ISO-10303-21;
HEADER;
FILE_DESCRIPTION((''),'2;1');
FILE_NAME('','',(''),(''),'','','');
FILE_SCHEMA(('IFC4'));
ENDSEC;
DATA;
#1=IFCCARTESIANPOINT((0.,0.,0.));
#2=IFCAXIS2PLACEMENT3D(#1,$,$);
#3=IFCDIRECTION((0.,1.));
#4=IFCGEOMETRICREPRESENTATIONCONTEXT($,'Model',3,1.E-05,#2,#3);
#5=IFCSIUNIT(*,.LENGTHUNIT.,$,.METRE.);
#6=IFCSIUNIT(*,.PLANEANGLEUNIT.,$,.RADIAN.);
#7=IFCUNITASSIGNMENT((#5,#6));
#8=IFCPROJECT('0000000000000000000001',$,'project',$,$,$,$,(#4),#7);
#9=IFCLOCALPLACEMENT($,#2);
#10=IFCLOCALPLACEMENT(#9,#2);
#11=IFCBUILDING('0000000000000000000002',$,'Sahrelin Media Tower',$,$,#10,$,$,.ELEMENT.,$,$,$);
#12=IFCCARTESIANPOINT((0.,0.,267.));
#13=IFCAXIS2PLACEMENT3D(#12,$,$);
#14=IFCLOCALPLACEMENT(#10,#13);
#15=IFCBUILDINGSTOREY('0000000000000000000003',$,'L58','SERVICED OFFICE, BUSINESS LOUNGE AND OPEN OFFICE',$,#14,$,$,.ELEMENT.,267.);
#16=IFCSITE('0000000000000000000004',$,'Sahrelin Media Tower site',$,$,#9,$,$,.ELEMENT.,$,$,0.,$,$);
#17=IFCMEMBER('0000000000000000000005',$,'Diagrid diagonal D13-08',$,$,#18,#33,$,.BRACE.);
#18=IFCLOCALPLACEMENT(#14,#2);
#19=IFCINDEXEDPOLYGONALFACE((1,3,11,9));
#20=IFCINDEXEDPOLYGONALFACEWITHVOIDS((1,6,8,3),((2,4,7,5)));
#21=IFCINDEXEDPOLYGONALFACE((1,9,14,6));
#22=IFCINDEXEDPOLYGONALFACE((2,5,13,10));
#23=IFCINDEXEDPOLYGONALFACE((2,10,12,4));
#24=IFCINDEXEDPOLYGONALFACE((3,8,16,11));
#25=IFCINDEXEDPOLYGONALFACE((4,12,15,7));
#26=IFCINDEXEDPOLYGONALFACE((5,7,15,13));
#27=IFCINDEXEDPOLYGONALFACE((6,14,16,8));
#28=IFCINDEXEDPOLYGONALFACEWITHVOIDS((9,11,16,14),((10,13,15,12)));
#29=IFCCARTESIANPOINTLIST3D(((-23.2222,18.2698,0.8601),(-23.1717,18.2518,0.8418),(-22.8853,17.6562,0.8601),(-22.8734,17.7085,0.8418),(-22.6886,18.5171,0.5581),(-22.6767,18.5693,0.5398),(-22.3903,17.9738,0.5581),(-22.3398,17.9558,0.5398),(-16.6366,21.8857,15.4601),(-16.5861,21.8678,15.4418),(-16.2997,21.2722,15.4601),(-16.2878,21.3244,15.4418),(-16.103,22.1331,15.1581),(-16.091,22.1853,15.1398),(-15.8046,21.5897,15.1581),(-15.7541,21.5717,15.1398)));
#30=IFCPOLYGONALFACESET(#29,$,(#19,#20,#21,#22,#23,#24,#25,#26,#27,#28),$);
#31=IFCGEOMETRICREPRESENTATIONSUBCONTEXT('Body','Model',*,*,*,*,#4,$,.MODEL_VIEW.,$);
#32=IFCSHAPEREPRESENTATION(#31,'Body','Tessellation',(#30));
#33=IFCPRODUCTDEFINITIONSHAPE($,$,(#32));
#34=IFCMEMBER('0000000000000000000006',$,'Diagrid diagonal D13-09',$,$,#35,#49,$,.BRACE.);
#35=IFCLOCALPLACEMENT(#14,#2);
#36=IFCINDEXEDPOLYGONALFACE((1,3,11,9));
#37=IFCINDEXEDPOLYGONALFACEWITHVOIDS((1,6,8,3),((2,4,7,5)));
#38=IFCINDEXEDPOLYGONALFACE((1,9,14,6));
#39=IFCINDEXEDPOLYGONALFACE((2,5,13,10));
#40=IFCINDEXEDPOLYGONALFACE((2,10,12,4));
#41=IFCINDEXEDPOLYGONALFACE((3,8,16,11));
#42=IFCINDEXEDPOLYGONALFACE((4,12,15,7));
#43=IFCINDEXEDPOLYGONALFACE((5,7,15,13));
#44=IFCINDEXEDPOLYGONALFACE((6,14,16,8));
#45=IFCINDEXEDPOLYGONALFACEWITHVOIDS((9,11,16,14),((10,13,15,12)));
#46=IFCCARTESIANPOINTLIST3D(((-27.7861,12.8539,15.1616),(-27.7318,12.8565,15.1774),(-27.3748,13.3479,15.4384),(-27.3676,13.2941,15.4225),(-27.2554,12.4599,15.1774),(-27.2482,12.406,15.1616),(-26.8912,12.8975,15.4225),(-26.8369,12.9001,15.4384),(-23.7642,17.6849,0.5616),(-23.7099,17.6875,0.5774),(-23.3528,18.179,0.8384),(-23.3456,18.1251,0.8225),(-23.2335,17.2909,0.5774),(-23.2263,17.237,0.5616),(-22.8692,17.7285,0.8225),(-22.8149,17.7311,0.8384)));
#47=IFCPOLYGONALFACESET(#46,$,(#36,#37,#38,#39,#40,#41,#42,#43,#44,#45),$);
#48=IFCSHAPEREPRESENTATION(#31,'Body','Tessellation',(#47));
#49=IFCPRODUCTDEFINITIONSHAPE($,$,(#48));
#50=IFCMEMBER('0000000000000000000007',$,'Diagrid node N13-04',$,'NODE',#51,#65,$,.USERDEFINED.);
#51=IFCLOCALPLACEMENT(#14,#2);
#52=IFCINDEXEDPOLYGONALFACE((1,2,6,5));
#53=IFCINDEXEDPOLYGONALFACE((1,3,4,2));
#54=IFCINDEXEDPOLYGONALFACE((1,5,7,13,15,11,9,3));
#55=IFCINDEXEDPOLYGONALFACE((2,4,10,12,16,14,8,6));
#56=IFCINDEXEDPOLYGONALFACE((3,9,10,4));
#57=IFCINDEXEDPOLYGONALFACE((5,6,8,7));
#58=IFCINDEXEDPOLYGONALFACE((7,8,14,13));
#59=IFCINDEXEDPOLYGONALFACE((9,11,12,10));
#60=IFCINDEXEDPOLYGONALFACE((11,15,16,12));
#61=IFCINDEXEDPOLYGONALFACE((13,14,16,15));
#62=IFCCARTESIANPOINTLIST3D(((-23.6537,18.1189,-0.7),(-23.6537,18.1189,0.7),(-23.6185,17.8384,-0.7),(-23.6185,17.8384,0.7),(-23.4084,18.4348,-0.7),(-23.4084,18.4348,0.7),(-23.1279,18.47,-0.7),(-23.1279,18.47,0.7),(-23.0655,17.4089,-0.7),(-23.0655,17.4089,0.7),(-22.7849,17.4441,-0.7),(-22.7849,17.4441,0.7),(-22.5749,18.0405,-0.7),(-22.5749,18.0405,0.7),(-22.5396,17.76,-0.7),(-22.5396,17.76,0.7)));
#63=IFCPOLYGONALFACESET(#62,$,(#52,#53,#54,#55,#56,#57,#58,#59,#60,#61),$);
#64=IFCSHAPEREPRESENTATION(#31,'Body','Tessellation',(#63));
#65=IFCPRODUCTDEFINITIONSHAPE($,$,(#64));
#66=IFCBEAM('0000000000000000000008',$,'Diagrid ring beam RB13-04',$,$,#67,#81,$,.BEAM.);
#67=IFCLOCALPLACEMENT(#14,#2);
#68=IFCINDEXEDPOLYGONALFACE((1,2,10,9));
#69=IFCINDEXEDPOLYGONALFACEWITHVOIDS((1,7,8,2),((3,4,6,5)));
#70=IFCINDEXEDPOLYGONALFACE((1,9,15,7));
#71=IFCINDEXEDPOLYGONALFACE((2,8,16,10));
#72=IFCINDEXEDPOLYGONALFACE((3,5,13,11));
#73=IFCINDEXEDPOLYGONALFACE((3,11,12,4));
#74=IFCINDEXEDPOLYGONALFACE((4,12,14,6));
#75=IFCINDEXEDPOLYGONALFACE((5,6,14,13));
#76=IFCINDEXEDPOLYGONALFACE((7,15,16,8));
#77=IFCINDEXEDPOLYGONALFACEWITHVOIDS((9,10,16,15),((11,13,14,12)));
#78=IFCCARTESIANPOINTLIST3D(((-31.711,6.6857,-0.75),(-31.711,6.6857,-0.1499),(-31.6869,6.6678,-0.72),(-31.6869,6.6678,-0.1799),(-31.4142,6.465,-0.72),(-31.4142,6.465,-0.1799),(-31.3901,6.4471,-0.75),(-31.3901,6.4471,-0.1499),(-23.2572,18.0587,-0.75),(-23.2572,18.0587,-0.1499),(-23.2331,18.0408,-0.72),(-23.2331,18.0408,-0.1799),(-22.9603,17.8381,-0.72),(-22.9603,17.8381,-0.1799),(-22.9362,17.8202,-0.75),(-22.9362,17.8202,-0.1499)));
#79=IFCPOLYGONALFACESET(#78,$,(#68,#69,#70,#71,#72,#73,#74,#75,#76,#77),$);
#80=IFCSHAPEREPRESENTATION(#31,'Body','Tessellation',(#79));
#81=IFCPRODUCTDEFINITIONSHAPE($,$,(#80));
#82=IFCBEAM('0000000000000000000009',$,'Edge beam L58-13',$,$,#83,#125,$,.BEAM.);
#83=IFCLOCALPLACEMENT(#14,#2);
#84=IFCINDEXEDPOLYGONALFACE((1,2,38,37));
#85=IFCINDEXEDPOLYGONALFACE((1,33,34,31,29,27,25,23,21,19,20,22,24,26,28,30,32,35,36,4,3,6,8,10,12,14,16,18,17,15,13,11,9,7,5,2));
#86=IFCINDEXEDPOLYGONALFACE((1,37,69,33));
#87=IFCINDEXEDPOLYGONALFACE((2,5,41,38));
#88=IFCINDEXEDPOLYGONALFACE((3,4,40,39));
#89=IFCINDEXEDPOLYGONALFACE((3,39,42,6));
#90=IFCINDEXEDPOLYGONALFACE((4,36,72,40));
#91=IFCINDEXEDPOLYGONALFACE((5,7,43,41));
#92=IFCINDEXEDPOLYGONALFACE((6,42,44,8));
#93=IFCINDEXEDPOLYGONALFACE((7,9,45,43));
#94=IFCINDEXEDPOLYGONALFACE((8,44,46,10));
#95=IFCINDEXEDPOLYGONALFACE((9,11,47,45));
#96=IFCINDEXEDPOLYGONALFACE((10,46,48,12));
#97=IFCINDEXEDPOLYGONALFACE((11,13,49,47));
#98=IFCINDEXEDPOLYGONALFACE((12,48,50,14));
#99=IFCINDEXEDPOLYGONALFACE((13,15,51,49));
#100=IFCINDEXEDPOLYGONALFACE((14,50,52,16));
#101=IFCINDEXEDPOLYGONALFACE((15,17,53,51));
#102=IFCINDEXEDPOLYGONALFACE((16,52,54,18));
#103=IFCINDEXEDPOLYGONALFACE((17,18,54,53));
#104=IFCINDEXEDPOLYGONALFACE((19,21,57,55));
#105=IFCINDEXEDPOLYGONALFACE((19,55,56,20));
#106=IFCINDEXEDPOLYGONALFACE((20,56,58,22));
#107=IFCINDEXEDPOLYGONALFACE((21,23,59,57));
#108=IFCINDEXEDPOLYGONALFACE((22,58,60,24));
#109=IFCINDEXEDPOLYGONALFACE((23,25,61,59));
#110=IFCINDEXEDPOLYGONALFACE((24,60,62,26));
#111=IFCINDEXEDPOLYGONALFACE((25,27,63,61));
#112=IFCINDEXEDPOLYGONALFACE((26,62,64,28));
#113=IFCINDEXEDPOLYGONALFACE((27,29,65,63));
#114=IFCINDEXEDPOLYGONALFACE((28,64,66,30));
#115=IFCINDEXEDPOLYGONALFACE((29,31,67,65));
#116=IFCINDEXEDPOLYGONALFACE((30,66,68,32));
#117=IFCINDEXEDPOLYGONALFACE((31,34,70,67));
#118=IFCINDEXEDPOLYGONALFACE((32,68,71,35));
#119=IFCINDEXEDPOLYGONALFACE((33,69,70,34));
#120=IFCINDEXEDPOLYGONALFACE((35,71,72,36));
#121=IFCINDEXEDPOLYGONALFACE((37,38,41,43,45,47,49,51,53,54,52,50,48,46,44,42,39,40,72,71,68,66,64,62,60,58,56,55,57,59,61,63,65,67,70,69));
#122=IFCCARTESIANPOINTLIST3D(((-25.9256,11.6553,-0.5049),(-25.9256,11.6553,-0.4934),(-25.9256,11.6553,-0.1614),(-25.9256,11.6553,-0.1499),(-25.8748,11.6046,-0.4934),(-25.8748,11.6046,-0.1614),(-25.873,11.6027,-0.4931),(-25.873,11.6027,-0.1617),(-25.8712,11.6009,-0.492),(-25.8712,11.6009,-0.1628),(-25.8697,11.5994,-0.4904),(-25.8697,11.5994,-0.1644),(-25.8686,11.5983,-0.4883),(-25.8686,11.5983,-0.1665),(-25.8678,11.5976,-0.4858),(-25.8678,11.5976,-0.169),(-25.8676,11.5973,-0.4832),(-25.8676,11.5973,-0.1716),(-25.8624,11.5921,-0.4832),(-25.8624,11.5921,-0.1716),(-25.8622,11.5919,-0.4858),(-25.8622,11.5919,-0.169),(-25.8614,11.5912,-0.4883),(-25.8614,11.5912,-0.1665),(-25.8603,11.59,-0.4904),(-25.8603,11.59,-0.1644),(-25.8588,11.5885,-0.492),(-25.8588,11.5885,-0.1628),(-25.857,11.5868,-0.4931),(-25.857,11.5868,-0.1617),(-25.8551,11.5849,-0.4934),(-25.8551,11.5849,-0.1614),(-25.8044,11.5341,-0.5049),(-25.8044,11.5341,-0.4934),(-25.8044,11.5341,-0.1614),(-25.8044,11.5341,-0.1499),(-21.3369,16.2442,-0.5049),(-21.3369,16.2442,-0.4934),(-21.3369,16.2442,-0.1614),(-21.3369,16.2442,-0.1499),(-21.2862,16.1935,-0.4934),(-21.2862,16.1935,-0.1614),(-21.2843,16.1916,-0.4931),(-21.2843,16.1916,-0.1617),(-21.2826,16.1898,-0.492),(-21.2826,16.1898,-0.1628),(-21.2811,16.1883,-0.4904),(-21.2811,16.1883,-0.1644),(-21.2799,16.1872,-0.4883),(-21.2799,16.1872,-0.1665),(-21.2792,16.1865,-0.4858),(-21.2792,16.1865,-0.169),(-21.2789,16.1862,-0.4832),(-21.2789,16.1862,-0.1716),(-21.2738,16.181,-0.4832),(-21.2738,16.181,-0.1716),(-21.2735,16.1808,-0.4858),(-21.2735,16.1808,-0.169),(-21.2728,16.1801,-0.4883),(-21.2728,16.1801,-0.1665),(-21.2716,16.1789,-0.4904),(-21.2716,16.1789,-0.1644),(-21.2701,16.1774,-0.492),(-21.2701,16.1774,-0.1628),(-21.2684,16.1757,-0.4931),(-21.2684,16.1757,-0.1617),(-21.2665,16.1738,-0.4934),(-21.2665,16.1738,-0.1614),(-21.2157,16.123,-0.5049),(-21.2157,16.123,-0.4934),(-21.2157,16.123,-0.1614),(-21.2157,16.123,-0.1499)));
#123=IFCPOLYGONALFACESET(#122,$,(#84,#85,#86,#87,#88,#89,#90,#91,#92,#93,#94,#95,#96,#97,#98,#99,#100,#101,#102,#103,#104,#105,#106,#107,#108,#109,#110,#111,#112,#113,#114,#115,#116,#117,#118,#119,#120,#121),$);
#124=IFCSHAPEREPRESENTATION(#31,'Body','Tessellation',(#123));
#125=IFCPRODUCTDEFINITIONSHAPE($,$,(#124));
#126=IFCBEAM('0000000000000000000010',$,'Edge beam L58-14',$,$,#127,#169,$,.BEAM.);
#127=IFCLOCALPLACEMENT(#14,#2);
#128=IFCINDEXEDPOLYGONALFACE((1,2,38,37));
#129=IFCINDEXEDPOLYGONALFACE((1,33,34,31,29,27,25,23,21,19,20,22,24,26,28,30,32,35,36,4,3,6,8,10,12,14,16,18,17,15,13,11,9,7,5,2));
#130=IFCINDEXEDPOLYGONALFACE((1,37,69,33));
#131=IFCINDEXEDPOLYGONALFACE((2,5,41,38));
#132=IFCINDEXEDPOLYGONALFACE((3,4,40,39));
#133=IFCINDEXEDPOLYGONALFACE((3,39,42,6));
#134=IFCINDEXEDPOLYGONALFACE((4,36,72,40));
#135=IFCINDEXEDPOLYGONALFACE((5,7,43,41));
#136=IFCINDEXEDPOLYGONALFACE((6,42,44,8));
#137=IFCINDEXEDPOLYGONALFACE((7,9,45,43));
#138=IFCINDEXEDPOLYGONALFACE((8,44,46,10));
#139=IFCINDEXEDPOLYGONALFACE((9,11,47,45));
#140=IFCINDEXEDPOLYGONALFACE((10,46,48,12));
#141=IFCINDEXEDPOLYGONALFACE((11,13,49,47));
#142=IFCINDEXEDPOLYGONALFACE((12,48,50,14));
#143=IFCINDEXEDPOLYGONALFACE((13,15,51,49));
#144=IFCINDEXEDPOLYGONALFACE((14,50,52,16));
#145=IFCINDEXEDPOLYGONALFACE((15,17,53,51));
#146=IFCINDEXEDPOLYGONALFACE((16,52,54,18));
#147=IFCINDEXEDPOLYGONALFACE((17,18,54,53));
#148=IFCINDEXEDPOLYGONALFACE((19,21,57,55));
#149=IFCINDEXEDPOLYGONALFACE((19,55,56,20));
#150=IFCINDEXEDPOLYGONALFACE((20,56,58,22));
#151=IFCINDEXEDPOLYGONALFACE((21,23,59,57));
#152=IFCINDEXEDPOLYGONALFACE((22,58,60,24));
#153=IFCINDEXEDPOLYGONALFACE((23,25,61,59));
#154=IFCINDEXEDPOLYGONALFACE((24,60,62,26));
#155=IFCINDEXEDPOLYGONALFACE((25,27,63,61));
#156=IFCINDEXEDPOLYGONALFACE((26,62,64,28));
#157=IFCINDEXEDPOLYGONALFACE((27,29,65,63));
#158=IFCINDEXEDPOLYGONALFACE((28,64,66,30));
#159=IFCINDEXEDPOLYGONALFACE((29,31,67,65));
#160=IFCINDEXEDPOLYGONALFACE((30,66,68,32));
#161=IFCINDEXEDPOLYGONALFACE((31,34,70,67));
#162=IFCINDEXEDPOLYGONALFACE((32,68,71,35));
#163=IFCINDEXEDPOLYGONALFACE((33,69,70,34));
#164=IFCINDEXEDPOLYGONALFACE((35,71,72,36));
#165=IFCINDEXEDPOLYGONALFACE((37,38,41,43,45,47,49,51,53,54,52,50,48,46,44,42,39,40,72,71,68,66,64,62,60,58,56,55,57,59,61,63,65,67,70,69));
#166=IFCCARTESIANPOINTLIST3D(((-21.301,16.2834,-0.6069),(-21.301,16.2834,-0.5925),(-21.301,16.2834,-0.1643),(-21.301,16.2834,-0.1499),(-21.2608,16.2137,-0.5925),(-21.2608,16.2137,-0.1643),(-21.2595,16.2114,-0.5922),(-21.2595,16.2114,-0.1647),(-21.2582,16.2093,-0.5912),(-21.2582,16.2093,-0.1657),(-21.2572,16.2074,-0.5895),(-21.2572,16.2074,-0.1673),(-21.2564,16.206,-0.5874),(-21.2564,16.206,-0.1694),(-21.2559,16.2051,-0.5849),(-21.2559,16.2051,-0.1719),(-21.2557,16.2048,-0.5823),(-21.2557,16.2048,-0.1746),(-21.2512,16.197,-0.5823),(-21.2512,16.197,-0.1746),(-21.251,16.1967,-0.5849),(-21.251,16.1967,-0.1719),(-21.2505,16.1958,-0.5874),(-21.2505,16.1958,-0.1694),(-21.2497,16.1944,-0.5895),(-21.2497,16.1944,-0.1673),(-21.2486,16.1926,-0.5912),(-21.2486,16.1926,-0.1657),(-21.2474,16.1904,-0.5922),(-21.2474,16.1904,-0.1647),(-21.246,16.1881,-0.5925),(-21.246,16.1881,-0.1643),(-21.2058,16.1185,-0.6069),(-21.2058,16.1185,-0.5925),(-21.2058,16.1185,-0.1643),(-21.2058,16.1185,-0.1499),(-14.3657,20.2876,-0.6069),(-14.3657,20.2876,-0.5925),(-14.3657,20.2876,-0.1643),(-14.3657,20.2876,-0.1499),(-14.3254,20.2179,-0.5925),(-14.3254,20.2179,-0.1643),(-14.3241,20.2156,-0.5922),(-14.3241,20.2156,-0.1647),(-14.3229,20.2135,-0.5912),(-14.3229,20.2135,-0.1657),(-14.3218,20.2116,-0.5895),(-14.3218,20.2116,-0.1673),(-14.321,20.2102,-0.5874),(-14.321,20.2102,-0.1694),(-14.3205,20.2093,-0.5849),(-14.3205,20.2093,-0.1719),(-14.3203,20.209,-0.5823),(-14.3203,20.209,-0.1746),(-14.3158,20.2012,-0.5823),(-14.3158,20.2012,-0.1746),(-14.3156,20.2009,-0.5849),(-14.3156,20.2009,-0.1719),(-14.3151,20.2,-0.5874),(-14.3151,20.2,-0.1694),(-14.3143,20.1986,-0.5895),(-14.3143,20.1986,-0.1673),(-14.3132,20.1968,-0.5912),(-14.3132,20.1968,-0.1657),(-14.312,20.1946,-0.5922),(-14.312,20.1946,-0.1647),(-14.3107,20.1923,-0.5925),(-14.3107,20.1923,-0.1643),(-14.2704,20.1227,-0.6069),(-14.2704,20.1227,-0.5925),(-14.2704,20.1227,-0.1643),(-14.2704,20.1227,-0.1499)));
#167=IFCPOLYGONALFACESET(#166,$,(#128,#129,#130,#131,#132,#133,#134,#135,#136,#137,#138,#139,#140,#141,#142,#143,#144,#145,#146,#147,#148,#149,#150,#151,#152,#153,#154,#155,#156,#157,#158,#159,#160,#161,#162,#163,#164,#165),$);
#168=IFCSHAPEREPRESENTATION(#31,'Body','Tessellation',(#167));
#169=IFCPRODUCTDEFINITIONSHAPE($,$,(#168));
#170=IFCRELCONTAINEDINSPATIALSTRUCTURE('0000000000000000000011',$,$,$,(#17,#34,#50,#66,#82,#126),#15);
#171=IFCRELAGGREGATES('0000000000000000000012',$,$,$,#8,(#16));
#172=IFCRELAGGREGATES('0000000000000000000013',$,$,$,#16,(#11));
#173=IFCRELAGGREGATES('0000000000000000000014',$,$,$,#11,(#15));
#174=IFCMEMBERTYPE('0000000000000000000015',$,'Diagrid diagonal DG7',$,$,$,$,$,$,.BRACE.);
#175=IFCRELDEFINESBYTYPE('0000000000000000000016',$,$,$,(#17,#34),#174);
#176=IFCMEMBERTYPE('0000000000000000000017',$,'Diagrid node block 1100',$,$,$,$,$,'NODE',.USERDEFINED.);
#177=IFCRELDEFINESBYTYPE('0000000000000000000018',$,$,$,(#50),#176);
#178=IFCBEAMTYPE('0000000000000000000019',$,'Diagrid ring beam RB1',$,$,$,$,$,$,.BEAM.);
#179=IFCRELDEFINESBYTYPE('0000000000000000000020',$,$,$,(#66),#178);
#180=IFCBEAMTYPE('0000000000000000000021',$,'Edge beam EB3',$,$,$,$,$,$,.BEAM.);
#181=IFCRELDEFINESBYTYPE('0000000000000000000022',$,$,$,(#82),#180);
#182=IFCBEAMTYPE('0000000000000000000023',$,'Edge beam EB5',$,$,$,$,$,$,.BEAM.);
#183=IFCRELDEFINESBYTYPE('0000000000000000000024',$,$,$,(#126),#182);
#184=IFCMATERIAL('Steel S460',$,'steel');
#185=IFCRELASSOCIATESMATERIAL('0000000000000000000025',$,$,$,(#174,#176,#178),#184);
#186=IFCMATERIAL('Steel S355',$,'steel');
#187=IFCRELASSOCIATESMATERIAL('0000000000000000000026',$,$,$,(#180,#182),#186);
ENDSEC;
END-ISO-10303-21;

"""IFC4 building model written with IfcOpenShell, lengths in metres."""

from ifc_helpers import new_model, si_unit, direction, frame, origin, origin_2d, place, context, subcontext, project, spatial, polyline, hollow_rectangle, i_section, outline, extrude, material, material_profile, profile_set, type_object, element, save


model = new_model("IFC4")

# Units and contexts
model_context = context("Model", 3, precision=1e-05, world=origin(), true_north=direction((0.0, 1.0)))
body_context = subcontext(model_context, "Body", "Model", "MODEL_VIEW")
ifc_project = project(units=[si_unit("LENGTHUNIT", "METRE"), si_unit("PLANEANGLEUNIT", "RADIAN")], contexts=[model_context])

# Site, building, storey
site_placement = place(None, origin())
site = spatial("IfcSite", under=ifc_project, at=site_placement, Name="Sahrelin Media Tower site", CompositionType="ELEMENT", RefElevation=0.0)
building_placement = place(site_placement, origin())
building = spatial("IfcBuilding", under=site, at=building_placement, Name="Sahrelin Media Tower", CompositionType="ELEMENT")
storey_placement = place(building_placement, frame((0.0, 0.0, 267.0)))
storey = spatial("IfcBuildingStorey", under=building, at=storey_placement, Name="L58", Description="SERVICED OFFICE, BUSINESS LOUNGE AND OPEN OFFICE", CompositionType="ELEMENT", Elevation=267.0)

# Members
ifc_material_1 = material(Name="Steel S460", Category="steel")
ifc_material_profile_1 = material_profile(ifc_material_1, hollow_rectangle(XDim=0.7, YDim=0.7, WallThickness=0.04, at=origin_2d()), Name="Diagrid diagonal DG7")
ifc_profile_set_1 = profile_set([ifc_material_profile_1], Name="Steel S460")
member_type_1 = type_object("IfcMemberType", Name="Diagrid diagonal DG7", PredefinedType="BRACE", material=ifc_profile_set_1)
member_1_placement = place(storey_placement, frame((-22.781, 18.1128, 0.7), z_axis=(0.401083, 0.22022, 0.889177), x_axis=(-0.481289, 0.876562, 0.0)))
element("IfcMember", 1, at=member_1_placement, inside=storey, type_object=member_type_1, Name="Diagrid diagonal D13-08", PredefinedType="BRACE", context=body_context, shape_type="SweptSolid", body=[
    extrude(hollow_rectangle(XDim=0.7, YDim=0.7, WallThickness=0.04, at=origin_2d()), origin(), (0.0, 0.0, 1.0), 16.4197),
])
member_2_placement = place(storey_placement, frame((-23.2896, 17.708, 0.7), z_axis=(-0.25302, -0.303919, 0.918485), x_axis=(0.768527, -0.639818, 0.0)))
element("IfcMember", 2, at=member_2_placement, inside=storey, type_object=member_type_1, Name="Diagrid diagonal D13-09", PredefinedType="BRACE", context=body_context, shape_type="SweptSolid", body=[
    extrude(hollow_rectangle(XDim=0.7, YDim=0.7, WallThickness=0.04, at=origin_2d()), origin(), (0.0, 0.0, 1.0), 15.8958),
])
ifc_material_profile_2 = material_profile(ifc_material_1, outline(polyline([(0.3501, -0.3999), (0.55, -0.2), (0.55, 0.2), (0.3501, 0.3999), (-0.3501, 0.3999), (-0.55, 0.2), (-0.55, -0.2), (-0.3501, -0.3999), (0.3501, -0.3999)])), Name="Diagrid node block 1100")
ifc_profile_set_2 = profile_set([ifc_material_profile_2], Name="Steel S460")
member_type_2 = type_object("IfcMemberType", Name="Diagrid node block 1100", ElementType="NODE", PredefinedType="USERDEFINED", material=ifc_profile_set_2)
member_3_placement = place(storey_placement, frame((-23.0967, 17.9395, -0.7), z_axis=(0.0, 0.0, 1.0), x_axis=(-0.78976, 0.613416, 0.0)))
element("IfcMember", 3, at=member_3_placement, inside=storey, type_object=member_type_2, Name="Diagrid node N13-04", ObjectType="NODE", PredefinedType="USERDEFINED", context=body_context, shape_type="SweptSolid", body=[
    extrude(outline(polyline([(0.3501, -0.3999), (0.55, -0.2), (0.55, 0.2), (0.3501, 0.3999), (-0.3501, 0.3999), (-0.55, 0.2), (-0.55, -0.2), (-0.3501, -0.3999), (0.3501, -0.3999)])), origin(), (0.0, 0.0, 1.0), 1.3999),
])

# Beams
ifc_material_profile_3 = material_profile(ifc_material_1, hollow_rectangle(XDim=0.3999, YDim=0.6001, WallThickness=0.03, at=origin_2d()), Name="Diagrid ring beam RB1")
ifc_profile_set_3 = profile_set([ifc_material_profile_3], Name="Steel S460")
beam_type_1 = type_object("IfcBeamType", Name="Diagrid ring beam RB1", PredefinedType="BEAM", material=ifc_profile_set_3)
beam_1_placement = place(storey_placement, frame((-23.0967, 17.9395, -0.45), z_axis=(-0.596565, -0.802564, 0.0), x_axis=(0.802564, -0.596565, 0.0)))
element("IfcBeam", 4, at=beam_1_placement, inside=storey, type_object=beam_type_1, Name="Diagrid ring beam RB13-04", PredefinedType="BEAM", context=body_context, shape_type="SweptSolid", body=[
    extrude(hollow_rectangle(XDim=0.3999, YDim=0.6001, WallThickness=0.03, at=origin_2d()), origin(), (0.0, 0.0, 1.0), 14.1709),
])
ifc_material_2 = material(Name="Steel S355", Category="steel")
ifc_material_profile_4 = material_profile(ifc_material_2, i_section(OverallWidth=0.1714, OverallDepth=0.355, WebThickness=0.0073, FlangeThickness=0.0115, FilletRadius=0.0103, at=origin_2d()), Name="UB 356x171x51")
ifc_profile_set_4 = profile_set([ifc_material_profile_4], Name="Steel S355")
beam_type_2 = type_object("IfcBeamType", Name="Edge beam EB3", PredefinedType="BEAM", material=ifc_profile_set_4)
beam_2_placement = place(storey_placement, frame((-25.865, 11.5947, -0.3274), z_axis=(0.707088, 0.707126, 0.0), x_axis=(-0.707126, 0.707088, 0.0)))
element("IfcBeam", 5, at=beam_2_placement, inside=storey, type_object=beam_type_2, Name="Edge beam L58-13", PredefinedType="BEAM", context=body_context, shape_type="SweptSolid", body=[
    extrude(i_section(OverallWidth=0.1714, OverallDepth=0.355, WebThickness=0.0073, FlangeThickness=0.0115, FilletRadius=0.0103, at=origin_2d()), origin(), (0.0, 0.0, 1.0), 6.4895),
])
ifc_material_profile_5 = material_profile(ifc_material_2, i_section(OverallWidth=0.1904, OverallDepth=0.457, WebThickness=0.009, FlangeThickness=0.0144, FilletRadius=0.0103, at=origin_2d()), Name="UB 457x191x74")
ifc_profile_set_5 = profile_set([ifc_material_profile_5], Name="Steel S355")
beam_type_3 = type_object("IfcBeamType", Name="Edge beam EB5", PredefinedType="BEAM", material=ifc_profile_set_5)
beam_3_placement = place(storey_placement, frame((-21.2534, 16.2009, -0.3784), z_axis=(0.866023, 0.500005, 0.0), x_axis=(-0.500005, 0.866023, 0.0)))
element("IfcBeam", 6, at=beam_3_placement, inside=storey, type_object=beam_type_3, Name="Edge beam L58-14", PredefinedType="BEAM", context=body_context, shape_type="SweptSolid", body=[
    extrude(i_section(OverallWidth=0.1904, OverallDepth=0.457, WebThickness=0.009, FlangeThickness=0.0144, FilletRadius=0.0103, at=origin_2d()), origin(), (0.0, 0.0, 1.0), 8.0083),
])

save(model, "model.ifc")
